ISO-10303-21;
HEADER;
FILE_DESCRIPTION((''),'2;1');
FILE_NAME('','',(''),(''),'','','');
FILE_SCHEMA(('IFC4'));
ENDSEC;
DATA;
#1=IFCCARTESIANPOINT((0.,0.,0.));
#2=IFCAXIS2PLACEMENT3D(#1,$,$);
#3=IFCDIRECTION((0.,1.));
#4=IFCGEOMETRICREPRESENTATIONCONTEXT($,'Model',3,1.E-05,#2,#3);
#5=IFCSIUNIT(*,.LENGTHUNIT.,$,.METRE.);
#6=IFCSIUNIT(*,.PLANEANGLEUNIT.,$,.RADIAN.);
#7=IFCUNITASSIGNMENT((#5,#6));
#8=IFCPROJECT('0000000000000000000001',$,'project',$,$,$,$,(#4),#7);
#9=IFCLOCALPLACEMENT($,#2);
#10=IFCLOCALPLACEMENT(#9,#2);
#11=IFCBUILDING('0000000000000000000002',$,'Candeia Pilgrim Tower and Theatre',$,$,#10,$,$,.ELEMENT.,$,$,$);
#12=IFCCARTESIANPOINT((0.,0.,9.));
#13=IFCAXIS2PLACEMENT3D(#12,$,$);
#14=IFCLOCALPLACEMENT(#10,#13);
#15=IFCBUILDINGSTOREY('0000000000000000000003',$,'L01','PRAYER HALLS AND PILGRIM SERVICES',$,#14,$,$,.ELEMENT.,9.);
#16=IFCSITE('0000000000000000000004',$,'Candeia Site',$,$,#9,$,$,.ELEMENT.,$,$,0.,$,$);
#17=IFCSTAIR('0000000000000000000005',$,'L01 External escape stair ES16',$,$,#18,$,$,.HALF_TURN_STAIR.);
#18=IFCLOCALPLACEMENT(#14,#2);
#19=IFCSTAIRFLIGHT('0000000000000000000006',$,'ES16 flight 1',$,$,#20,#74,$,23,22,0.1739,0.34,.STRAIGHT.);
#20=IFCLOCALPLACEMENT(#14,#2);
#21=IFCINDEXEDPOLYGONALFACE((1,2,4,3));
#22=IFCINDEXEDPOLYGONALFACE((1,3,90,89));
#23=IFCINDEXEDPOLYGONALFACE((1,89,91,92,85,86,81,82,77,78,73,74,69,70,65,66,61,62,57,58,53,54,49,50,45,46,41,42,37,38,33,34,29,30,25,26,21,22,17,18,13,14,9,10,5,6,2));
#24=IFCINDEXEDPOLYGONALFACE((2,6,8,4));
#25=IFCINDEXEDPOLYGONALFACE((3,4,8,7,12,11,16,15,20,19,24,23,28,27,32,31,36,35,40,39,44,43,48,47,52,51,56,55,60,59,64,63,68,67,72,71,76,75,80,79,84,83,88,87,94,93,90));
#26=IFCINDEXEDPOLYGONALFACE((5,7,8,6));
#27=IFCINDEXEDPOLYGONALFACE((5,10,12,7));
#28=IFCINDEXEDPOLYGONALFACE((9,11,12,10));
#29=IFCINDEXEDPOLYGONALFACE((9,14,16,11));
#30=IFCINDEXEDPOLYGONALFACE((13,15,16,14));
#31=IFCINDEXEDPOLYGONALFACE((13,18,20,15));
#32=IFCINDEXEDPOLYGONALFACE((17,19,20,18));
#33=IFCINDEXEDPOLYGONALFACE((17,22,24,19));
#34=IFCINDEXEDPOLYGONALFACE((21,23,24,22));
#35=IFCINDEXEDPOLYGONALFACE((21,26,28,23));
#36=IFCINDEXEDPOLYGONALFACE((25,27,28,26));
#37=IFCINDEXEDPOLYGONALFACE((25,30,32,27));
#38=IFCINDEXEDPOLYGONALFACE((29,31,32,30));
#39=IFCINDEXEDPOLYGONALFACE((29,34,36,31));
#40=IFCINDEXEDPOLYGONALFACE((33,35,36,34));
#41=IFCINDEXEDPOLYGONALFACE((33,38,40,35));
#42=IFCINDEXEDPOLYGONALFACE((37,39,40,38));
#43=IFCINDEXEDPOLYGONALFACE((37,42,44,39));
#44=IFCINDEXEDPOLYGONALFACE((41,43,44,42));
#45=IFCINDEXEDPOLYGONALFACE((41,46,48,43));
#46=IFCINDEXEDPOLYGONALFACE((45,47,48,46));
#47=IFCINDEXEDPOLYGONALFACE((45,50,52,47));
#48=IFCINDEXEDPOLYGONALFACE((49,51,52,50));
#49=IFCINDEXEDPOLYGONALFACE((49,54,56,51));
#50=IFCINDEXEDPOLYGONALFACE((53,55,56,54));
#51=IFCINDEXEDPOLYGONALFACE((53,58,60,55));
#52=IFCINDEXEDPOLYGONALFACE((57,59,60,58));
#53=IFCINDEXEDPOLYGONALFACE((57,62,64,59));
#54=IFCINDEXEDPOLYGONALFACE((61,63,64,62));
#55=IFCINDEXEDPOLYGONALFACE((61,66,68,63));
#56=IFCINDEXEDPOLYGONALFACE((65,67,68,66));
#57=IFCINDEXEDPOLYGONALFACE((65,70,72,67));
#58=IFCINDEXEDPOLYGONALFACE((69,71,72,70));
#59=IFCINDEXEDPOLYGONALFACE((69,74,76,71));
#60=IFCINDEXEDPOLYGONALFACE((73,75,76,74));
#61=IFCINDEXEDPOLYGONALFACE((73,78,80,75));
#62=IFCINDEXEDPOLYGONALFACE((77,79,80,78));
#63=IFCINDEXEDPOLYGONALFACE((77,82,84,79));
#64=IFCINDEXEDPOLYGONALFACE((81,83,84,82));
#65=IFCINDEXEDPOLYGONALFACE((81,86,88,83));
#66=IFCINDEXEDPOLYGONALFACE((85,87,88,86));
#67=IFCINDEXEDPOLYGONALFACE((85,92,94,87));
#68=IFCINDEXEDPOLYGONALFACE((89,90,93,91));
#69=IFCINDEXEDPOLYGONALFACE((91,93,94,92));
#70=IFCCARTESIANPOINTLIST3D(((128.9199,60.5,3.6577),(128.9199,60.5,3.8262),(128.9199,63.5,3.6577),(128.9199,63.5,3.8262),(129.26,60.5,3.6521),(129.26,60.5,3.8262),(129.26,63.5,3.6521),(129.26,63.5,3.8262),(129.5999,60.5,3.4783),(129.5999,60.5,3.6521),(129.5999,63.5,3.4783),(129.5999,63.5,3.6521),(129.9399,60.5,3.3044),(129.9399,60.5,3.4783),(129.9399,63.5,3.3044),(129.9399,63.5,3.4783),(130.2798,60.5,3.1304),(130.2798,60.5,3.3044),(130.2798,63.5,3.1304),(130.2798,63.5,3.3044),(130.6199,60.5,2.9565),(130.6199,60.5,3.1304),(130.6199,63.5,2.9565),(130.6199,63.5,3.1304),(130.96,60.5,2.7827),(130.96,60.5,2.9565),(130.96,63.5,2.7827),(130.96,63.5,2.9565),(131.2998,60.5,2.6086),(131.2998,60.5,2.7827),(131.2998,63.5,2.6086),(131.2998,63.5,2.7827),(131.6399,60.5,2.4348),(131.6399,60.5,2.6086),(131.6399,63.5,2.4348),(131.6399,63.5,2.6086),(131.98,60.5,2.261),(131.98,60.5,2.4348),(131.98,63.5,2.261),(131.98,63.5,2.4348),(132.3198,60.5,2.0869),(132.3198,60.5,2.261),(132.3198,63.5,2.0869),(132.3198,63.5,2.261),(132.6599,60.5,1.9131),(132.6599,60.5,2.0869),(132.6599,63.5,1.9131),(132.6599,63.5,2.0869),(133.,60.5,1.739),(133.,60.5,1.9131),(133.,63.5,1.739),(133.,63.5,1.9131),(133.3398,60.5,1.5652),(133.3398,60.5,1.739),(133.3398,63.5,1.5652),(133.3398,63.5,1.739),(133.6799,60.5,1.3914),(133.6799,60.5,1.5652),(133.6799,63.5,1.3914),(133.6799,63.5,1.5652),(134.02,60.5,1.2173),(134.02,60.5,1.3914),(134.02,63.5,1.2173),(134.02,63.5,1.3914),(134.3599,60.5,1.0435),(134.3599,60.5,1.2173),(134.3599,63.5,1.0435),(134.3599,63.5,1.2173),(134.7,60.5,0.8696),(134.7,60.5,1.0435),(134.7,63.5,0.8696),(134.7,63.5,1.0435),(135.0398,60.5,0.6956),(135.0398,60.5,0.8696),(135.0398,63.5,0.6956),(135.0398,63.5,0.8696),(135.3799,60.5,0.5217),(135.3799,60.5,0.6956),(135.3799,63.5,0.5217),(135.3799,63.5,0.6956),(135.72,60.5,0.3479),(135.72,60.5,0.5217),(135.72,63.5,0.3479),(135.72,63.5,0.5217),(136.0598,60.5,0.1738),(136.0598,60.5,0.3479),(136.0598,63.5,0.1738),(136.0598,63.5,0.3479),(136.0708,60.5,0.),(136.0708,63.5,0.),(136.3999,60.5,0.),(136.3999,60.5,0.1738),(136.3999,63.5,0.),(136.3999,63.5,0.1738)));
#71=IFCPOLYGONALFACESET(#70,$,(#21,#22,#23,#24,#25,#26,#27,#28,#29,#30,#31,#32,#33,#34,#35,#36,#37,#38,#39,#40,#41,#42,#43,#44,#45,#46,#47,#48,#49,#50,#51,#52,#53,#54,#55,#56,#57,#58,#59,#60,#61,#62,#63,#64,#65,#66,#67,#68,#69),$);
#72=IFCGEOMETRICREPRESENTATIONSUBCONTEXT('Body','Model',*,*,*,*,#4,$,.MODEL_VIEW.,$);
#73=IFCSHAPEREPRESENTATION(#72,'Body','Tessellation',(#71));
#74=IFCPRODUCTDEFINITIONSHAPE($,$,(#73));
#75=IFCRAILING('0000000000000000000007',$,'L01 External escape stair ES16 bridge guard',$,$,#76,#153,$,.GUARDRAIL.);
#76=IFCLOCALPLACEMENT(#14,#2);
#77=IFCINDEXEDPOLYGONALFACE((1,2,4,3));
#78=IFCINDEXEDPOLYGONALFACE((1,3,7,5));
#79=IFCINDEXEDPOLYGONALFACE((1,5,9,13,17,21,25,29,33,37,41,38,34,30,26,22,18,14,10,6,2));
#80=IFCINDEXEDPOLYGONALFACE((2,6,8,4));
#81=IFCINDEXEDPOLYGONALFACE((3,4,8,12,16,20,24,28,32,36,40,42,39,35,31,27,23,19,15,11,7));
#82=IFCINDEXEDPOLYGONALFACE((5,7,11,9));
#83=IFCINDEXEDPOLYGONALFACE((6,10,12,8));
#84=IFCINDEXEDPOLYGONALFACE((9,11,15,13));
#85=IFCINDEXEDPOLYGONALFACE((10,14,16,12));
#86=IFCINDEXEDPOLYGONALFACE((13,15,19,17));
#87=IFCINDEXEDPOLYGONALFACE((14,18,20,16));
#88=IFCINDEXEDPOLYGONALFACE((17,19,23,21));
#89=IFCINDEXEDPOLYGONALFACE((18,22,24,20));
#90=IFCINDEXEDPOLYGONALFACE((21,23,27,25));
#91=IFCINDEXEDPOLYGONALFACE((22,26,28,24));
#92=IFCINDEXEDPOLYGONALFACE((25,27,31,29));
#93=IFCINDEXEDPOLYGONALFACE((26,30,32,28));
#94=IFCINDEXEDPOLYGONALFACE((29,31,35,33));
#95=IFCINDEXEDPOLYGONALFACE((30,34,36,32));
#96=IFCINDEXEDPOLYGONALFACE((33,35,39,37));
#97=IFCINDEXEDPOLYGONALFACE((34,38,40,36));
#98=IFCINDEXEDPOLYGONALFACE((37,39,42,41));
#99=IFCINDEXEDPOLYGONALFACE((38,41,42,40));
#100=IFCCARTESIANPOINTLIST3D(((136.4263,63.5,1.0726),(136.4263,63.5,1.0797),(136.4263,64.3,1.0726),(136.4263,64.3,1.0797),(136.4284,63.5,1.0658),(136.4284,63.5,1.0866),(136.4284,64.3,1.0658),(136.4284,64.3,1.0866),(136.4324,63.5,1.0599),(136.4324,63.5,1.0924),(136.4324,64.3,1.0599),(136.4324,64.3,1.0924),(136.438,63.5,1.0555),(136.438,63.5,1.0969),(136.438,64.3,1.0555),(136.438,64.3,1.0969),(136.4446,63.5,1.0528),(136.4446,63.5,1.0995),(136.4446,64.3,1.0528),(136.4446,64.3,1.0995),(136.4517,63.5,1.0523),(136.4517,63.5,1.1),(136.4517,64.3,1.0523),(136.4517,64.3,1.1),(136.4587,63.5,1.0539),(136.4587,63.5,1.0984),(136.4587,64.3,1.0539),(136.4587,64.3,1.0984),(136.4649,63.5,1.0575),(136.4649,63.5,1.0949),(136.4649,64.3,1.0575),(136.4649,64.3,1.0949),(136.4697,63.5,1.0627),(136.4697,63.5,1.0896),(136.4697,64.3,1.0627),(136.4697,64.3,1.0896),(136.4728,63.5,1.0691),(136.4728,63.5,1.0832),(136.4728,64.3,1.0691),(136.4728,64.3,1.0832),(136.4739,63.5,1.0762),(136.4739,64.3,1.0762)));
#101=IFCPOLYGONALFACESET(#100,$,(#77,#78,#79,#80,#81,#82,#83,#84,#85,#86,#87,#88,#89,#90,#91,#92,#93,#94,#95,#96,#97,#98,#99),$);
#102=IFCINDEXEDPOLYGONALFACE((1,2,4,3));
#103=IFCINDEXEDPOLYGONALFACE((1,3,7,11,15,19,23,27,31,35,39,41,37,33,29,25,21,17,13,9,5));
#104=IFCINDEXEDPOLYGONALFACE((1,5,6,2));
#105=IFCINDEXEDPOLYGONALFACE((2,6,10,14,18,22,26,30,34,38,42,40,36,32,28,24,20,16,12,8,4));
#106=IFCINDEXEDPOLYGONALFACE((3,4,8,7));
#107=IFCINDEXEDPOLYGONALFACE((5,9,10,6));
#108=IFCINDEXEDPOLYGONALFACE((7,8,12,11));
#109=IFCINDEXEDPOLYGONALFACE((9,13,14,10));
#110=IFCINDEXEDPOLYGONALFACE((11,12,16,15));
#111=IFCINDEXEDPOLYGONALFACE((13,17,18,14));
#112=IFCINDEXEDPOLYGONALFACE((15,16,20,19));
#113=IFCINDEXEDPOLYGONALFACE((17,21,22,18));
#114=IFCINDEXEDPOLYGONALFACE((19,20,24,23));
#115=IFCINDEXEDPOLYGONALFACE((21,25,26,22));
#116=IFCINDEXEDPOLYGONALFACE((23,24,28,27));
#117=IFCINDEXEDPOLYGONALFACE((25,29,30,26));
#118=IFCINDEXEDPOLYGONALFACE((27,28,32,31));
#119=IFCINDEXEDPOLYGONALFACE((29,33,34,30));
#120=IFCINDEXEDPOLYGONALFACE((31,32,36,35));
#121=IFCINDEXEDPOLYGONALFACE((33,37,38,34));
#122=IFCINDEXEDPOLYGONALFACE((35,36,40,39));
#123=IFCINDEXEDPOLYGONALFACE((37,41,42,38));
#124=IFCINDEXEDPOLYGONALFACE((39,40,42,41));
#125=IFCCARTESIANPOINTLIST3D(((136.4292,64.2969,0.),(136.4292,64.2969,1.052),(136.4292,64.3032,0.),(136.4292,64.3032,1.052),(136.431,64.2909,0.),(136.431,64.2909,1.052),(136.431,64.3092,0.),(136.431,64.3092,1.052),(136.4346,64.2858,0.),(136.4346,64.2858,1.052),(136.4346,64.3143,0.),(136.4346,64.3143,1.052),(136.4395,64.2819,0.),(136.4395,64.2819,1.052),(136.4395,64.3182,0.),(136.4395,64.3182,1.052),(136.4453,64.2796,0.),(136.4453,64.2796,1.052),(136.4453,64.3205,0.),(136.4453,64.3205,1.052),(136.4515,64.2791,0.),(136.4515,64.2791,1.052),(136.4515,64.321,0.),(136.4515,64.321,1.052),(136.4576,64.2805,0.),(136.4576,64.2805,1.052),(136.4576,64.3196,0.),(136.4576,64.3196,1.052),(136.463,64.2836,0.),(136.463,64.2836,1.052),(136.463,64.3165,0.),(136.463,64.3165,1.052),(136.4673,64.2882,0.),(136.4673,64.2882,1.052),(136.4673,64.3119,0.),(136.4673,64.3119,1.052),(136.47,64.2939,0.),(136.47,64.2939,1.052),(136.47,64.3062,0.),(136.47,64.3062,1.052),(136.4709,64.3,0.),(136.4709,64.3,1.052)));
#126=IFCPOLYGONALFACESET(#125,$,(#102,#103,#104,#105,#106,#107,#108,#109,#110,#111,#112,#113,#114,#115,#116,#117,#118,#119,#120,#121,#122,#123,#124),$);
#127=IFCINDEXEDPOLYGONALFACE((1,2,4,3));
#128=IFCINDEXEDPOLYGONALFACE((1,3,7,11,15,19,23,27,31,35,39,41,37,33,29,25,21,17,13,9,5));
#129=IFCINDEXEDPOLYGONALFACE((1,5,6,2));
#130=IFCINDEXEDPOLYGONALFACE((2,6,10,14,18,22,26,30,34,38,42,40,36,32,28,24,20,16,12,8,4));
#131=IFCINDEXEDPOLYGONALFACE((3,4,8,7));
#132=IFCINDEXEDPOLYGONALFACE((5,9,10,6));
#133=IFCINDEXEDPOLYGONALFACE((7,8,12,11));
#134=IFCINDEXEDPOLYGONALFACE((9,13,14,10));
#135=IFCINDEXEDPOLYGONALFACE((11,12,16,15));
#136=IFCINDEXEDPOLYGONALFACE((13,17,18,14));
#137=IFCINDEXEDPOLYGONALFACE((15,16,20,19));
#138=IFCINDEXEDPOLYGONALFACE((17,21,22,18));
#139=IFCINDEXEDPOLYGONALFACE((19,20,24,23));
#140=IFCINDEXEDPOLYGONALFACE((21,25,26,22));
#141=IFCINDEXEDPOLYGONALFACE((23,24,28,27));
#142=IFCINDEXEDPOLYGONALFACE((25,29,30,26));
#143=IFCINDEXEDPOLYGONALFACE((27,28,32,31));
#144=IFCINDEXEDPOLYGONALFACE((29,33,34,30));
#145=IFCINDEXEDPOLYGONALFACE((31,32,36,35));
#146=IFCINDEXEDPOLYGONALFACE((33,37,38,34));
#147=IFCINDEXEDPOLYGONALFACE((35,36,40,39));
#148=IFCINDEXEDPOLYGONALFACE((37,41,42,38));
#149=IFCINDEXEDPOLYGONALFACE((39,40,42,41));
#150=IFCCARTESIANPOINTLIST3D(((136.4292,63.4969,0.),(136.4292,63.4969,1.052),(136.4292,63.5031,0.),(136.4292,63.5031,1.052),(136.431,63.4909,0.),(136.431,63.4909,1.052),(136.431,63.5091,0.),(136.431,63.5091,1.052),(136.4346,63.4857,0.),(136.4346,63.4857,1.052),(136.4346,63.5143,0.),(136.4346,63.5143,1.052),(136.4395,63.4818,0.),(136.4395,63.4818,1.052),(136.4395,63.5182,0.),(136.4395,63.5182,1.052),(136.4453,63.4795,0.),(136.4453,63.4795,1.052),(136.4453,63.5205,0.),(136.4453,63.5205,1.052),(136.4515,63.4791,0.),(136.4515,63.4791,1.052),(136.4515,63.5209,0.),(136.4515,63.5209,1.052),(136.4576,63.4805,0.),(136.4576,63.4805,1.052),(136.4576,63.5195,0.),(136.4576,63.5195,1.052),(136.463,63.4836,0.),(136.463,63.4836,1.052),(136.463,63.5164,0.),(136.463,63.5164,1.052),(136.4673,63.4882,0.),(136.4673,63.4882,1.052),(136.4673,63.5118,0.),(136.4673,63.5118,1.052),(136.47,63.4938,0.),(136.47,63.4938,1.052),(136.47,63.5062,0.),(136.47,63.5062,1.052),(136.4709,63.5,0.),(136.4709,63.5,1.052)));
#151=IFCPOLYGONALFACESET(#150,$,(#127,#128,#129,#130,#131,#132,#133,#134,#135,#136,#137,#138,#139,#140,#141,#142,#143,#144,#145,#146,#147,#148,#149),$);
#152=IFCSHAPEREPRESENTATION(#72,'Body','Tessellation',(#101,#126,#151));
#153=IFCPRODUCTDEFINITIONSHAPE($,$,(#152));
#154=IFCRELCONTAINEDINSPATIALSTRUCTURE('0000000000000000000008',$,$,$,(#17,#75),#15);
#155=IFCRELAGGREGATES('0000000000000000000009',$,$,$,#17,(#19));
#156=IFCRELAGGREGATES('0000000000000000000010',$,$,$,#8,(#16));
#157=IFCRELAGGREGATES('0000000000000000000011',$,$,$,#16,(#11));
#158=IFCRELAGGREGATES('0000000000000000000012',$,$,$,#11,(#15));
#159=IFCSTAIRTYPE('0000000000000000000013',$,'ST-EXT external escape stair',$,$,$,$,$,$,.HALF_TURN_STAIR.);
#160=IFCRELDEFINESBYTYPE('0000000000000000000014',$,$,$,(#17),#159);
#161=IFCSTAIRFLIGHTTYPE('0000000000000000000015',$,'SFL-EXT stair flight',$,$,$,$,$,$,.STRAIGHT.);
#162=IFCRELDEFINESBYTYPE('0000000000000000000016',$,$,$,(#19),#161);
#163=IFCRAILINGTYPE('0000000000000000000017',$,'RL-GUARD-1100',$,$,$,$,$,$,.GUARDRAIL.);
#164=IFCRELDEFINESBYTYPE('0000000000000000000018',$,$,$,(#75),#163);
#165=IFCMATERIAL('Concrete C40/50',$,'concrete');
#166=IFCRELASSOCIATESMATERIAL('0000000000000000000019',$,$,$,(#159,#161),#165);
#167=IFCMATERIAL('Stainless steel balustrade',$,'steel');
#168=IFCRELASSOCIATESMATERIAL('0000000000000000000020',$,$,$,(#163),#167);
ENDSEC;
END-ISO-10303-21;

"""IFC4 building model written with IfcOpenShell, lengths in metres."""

from ifc_helpers import new_model, si_unit, direction, frame, origin, origin_2d, place, context, subcontext, project, spatial, polyline, circle, outline, extrude, material, type_object, element, aggregate, save


model = new_model("IFC4")

# Units and contexts
model_context = context("Model", 3, precision=1e-05, world=origin(), true_north=direction((0.0, 1.0)))
body_context = subcontext(model_context, "Body", "Model", "MODEL_VIEW")
ifc_project = project(units=[si_unit("LENGTHUNIT", "METRE"), si_unit("PLANEANGLEUNIT", "RADIAN")], contexts=[model_context])

# Site, building, storey
site_placement = place(None, origin())
site = spatial("IfcSite", under=ifc_project, at=site_placement, Name="Candeia Site", CompositionType="ELEMENT", RefElevation=0.0)
building_placement = place(site_placement, origin())
building = spatial("IfcBuilding", under=site, at=building_placement, Name="Candeia Pilgrim Tower and Theatre", CompositionType="ELEMENT")
storey_placement = place(building_placement, frame((0.0, 0.0, 9.0)))
storey = spatial("IfcBuildingStorey", under=building, at=storey_placement, Name="L01", Description="PRAYER HALLS AND PILGRIM SERVICES", CompositionType="ELEMENT", Elevation=9.0)

# Shared definitions
ifc_material_1 = material(Name="Concrete C40/50", Category="concrete")

# Stair, stair flight
stair_type = type_object("IfcStairType", Name="ST-EXT external escape stair", PredefinedType="HALF_TURN_STAIR", material=ifc_material_1)
stair_placement = place(storey_placement, origin())
stair = element("IfcStair", 1, at=stair_placement, inside=storey, type_object=stair_type, Name="L01 External escape stair ES16", PredefinedType="HALF_TURN_STAIR")
stair_flight_type = type_object("IfcStairFlightType", Name="SFL-EXT stair flight", PredefinedType="STRAIGHT", material=ifc_material_1)
stair_flight_placement = place(storey_placement, frame((136.3999, 62.0, 0.0), z_axis=(0.0, 0.0, 1.0), x_axis=(-1.0, 0.0, 0.0)))
stair_flight = element("IfcStairFlight", 2, at=stair_flight_placement, type_object=stair_flight_type, Name="ES16 flight 1", NumberOfRisers=23, NumberOfTreads=22, PredefinedType="STRAIGHT", RiserHeight=0.1739, TreadLength=0.34, context=body_context, shape_type="SweptSolid", body=[
    extrude(outline(polyline([(0.0, 0.0), (0.0, 0.1738), (0.3401, 0.1738), (0.3401, 0.3479), (0.6799, 0.3479), (0.6799, 0.5217), (1.02, 0.5217), (1.02, 0.6956), (1.3601, 0.6956), (1.3601, 0.8696), (1.7, 0.8696), (1.7, 1.0435), (2.04, 1.0435), (2.04, 1.2173), (2.3799, 1.2173), (2.3799, 1.3914), (2.72, 1.3914), (2.72, 1.5652), (3.0601, 1.5652), (3.0601, 1.739), (3.3999, 1.739), (3.3999, 1.9131), (3.74, 1.9131), (3.74, 2.0869), (4.0801, 2.0869), (4.0801, 2.261), (4.4199, 2.261), (4.4199, 2.4348), (4.76, 2.4348), (4.76, 2.6086), (5.1001, 2.6086), (5.1001, 2.7827), (5.4399, 2.7827), (5.4399, 2.9565), (5.78, 2.9565), (5.78, 3.1304), (6.1201, 3.1304), (6.1201, 3.3044), (6.46, 3.3044), (6.46, 3.4783), (6.8, 3.4783), (6.8, 3.6521), (7.1399, 3.6521), (7.1399, 3.8262), (7.48, 3.8262), (7.48, 4.0), (7.48, 3.6577), (0.3291, 0.0), (0.0, 0.0)])), frame((0.0, 1.5, 0.0), z_axis=(0.0, -1.0, 0.0), x_axis=(1.0, 0.0, 0.0)), (0.0, 0.0, 1.0), 3.0),
])
aggregate(stair, [stair_flight])

# Railing
ifc_material_2 = material(Name="Stainless steel balustrade", Category="steel")
railing_type_1 = type_object("IfcRailingType", Name="RL-GUARD-1100", PredefinedType="GUARDRAIL", material=ifc_material_2)
railing_1_placement = place(storey_placement, frame((136.45, 64.3, 0.0)))
element("IfcRailing", 3, at=railing_1_placement, inside=storey, type_object=railing_type_1, Name="L01 External escape stair ES16 bridge guard", PredefinedType="GUARDRAIL", context=body_context, shape_type="SweptSolid", body=[
    extrude(circle(Radius=0.0239, at=origin_2d()), frame((0.0, 0.0, 1.0762), z_axis=(0.0, -1.0, 0.0), x_axis=(1.0, 0.0, 0.0)), (0.0, 0.0, 1.0), 0.8),
    extrude(circle(Radius=0.021, at=origin_2d()), origin(), (0.0, 0.0, 1.0), 1.052),
    extrude(circle(Radius=0.021, at=origin_2d()), frame((0.0, -0.8, 0.0)), (0.0, 0.0, 1.0), 1.052),
])

save(model, "model.ifc")
